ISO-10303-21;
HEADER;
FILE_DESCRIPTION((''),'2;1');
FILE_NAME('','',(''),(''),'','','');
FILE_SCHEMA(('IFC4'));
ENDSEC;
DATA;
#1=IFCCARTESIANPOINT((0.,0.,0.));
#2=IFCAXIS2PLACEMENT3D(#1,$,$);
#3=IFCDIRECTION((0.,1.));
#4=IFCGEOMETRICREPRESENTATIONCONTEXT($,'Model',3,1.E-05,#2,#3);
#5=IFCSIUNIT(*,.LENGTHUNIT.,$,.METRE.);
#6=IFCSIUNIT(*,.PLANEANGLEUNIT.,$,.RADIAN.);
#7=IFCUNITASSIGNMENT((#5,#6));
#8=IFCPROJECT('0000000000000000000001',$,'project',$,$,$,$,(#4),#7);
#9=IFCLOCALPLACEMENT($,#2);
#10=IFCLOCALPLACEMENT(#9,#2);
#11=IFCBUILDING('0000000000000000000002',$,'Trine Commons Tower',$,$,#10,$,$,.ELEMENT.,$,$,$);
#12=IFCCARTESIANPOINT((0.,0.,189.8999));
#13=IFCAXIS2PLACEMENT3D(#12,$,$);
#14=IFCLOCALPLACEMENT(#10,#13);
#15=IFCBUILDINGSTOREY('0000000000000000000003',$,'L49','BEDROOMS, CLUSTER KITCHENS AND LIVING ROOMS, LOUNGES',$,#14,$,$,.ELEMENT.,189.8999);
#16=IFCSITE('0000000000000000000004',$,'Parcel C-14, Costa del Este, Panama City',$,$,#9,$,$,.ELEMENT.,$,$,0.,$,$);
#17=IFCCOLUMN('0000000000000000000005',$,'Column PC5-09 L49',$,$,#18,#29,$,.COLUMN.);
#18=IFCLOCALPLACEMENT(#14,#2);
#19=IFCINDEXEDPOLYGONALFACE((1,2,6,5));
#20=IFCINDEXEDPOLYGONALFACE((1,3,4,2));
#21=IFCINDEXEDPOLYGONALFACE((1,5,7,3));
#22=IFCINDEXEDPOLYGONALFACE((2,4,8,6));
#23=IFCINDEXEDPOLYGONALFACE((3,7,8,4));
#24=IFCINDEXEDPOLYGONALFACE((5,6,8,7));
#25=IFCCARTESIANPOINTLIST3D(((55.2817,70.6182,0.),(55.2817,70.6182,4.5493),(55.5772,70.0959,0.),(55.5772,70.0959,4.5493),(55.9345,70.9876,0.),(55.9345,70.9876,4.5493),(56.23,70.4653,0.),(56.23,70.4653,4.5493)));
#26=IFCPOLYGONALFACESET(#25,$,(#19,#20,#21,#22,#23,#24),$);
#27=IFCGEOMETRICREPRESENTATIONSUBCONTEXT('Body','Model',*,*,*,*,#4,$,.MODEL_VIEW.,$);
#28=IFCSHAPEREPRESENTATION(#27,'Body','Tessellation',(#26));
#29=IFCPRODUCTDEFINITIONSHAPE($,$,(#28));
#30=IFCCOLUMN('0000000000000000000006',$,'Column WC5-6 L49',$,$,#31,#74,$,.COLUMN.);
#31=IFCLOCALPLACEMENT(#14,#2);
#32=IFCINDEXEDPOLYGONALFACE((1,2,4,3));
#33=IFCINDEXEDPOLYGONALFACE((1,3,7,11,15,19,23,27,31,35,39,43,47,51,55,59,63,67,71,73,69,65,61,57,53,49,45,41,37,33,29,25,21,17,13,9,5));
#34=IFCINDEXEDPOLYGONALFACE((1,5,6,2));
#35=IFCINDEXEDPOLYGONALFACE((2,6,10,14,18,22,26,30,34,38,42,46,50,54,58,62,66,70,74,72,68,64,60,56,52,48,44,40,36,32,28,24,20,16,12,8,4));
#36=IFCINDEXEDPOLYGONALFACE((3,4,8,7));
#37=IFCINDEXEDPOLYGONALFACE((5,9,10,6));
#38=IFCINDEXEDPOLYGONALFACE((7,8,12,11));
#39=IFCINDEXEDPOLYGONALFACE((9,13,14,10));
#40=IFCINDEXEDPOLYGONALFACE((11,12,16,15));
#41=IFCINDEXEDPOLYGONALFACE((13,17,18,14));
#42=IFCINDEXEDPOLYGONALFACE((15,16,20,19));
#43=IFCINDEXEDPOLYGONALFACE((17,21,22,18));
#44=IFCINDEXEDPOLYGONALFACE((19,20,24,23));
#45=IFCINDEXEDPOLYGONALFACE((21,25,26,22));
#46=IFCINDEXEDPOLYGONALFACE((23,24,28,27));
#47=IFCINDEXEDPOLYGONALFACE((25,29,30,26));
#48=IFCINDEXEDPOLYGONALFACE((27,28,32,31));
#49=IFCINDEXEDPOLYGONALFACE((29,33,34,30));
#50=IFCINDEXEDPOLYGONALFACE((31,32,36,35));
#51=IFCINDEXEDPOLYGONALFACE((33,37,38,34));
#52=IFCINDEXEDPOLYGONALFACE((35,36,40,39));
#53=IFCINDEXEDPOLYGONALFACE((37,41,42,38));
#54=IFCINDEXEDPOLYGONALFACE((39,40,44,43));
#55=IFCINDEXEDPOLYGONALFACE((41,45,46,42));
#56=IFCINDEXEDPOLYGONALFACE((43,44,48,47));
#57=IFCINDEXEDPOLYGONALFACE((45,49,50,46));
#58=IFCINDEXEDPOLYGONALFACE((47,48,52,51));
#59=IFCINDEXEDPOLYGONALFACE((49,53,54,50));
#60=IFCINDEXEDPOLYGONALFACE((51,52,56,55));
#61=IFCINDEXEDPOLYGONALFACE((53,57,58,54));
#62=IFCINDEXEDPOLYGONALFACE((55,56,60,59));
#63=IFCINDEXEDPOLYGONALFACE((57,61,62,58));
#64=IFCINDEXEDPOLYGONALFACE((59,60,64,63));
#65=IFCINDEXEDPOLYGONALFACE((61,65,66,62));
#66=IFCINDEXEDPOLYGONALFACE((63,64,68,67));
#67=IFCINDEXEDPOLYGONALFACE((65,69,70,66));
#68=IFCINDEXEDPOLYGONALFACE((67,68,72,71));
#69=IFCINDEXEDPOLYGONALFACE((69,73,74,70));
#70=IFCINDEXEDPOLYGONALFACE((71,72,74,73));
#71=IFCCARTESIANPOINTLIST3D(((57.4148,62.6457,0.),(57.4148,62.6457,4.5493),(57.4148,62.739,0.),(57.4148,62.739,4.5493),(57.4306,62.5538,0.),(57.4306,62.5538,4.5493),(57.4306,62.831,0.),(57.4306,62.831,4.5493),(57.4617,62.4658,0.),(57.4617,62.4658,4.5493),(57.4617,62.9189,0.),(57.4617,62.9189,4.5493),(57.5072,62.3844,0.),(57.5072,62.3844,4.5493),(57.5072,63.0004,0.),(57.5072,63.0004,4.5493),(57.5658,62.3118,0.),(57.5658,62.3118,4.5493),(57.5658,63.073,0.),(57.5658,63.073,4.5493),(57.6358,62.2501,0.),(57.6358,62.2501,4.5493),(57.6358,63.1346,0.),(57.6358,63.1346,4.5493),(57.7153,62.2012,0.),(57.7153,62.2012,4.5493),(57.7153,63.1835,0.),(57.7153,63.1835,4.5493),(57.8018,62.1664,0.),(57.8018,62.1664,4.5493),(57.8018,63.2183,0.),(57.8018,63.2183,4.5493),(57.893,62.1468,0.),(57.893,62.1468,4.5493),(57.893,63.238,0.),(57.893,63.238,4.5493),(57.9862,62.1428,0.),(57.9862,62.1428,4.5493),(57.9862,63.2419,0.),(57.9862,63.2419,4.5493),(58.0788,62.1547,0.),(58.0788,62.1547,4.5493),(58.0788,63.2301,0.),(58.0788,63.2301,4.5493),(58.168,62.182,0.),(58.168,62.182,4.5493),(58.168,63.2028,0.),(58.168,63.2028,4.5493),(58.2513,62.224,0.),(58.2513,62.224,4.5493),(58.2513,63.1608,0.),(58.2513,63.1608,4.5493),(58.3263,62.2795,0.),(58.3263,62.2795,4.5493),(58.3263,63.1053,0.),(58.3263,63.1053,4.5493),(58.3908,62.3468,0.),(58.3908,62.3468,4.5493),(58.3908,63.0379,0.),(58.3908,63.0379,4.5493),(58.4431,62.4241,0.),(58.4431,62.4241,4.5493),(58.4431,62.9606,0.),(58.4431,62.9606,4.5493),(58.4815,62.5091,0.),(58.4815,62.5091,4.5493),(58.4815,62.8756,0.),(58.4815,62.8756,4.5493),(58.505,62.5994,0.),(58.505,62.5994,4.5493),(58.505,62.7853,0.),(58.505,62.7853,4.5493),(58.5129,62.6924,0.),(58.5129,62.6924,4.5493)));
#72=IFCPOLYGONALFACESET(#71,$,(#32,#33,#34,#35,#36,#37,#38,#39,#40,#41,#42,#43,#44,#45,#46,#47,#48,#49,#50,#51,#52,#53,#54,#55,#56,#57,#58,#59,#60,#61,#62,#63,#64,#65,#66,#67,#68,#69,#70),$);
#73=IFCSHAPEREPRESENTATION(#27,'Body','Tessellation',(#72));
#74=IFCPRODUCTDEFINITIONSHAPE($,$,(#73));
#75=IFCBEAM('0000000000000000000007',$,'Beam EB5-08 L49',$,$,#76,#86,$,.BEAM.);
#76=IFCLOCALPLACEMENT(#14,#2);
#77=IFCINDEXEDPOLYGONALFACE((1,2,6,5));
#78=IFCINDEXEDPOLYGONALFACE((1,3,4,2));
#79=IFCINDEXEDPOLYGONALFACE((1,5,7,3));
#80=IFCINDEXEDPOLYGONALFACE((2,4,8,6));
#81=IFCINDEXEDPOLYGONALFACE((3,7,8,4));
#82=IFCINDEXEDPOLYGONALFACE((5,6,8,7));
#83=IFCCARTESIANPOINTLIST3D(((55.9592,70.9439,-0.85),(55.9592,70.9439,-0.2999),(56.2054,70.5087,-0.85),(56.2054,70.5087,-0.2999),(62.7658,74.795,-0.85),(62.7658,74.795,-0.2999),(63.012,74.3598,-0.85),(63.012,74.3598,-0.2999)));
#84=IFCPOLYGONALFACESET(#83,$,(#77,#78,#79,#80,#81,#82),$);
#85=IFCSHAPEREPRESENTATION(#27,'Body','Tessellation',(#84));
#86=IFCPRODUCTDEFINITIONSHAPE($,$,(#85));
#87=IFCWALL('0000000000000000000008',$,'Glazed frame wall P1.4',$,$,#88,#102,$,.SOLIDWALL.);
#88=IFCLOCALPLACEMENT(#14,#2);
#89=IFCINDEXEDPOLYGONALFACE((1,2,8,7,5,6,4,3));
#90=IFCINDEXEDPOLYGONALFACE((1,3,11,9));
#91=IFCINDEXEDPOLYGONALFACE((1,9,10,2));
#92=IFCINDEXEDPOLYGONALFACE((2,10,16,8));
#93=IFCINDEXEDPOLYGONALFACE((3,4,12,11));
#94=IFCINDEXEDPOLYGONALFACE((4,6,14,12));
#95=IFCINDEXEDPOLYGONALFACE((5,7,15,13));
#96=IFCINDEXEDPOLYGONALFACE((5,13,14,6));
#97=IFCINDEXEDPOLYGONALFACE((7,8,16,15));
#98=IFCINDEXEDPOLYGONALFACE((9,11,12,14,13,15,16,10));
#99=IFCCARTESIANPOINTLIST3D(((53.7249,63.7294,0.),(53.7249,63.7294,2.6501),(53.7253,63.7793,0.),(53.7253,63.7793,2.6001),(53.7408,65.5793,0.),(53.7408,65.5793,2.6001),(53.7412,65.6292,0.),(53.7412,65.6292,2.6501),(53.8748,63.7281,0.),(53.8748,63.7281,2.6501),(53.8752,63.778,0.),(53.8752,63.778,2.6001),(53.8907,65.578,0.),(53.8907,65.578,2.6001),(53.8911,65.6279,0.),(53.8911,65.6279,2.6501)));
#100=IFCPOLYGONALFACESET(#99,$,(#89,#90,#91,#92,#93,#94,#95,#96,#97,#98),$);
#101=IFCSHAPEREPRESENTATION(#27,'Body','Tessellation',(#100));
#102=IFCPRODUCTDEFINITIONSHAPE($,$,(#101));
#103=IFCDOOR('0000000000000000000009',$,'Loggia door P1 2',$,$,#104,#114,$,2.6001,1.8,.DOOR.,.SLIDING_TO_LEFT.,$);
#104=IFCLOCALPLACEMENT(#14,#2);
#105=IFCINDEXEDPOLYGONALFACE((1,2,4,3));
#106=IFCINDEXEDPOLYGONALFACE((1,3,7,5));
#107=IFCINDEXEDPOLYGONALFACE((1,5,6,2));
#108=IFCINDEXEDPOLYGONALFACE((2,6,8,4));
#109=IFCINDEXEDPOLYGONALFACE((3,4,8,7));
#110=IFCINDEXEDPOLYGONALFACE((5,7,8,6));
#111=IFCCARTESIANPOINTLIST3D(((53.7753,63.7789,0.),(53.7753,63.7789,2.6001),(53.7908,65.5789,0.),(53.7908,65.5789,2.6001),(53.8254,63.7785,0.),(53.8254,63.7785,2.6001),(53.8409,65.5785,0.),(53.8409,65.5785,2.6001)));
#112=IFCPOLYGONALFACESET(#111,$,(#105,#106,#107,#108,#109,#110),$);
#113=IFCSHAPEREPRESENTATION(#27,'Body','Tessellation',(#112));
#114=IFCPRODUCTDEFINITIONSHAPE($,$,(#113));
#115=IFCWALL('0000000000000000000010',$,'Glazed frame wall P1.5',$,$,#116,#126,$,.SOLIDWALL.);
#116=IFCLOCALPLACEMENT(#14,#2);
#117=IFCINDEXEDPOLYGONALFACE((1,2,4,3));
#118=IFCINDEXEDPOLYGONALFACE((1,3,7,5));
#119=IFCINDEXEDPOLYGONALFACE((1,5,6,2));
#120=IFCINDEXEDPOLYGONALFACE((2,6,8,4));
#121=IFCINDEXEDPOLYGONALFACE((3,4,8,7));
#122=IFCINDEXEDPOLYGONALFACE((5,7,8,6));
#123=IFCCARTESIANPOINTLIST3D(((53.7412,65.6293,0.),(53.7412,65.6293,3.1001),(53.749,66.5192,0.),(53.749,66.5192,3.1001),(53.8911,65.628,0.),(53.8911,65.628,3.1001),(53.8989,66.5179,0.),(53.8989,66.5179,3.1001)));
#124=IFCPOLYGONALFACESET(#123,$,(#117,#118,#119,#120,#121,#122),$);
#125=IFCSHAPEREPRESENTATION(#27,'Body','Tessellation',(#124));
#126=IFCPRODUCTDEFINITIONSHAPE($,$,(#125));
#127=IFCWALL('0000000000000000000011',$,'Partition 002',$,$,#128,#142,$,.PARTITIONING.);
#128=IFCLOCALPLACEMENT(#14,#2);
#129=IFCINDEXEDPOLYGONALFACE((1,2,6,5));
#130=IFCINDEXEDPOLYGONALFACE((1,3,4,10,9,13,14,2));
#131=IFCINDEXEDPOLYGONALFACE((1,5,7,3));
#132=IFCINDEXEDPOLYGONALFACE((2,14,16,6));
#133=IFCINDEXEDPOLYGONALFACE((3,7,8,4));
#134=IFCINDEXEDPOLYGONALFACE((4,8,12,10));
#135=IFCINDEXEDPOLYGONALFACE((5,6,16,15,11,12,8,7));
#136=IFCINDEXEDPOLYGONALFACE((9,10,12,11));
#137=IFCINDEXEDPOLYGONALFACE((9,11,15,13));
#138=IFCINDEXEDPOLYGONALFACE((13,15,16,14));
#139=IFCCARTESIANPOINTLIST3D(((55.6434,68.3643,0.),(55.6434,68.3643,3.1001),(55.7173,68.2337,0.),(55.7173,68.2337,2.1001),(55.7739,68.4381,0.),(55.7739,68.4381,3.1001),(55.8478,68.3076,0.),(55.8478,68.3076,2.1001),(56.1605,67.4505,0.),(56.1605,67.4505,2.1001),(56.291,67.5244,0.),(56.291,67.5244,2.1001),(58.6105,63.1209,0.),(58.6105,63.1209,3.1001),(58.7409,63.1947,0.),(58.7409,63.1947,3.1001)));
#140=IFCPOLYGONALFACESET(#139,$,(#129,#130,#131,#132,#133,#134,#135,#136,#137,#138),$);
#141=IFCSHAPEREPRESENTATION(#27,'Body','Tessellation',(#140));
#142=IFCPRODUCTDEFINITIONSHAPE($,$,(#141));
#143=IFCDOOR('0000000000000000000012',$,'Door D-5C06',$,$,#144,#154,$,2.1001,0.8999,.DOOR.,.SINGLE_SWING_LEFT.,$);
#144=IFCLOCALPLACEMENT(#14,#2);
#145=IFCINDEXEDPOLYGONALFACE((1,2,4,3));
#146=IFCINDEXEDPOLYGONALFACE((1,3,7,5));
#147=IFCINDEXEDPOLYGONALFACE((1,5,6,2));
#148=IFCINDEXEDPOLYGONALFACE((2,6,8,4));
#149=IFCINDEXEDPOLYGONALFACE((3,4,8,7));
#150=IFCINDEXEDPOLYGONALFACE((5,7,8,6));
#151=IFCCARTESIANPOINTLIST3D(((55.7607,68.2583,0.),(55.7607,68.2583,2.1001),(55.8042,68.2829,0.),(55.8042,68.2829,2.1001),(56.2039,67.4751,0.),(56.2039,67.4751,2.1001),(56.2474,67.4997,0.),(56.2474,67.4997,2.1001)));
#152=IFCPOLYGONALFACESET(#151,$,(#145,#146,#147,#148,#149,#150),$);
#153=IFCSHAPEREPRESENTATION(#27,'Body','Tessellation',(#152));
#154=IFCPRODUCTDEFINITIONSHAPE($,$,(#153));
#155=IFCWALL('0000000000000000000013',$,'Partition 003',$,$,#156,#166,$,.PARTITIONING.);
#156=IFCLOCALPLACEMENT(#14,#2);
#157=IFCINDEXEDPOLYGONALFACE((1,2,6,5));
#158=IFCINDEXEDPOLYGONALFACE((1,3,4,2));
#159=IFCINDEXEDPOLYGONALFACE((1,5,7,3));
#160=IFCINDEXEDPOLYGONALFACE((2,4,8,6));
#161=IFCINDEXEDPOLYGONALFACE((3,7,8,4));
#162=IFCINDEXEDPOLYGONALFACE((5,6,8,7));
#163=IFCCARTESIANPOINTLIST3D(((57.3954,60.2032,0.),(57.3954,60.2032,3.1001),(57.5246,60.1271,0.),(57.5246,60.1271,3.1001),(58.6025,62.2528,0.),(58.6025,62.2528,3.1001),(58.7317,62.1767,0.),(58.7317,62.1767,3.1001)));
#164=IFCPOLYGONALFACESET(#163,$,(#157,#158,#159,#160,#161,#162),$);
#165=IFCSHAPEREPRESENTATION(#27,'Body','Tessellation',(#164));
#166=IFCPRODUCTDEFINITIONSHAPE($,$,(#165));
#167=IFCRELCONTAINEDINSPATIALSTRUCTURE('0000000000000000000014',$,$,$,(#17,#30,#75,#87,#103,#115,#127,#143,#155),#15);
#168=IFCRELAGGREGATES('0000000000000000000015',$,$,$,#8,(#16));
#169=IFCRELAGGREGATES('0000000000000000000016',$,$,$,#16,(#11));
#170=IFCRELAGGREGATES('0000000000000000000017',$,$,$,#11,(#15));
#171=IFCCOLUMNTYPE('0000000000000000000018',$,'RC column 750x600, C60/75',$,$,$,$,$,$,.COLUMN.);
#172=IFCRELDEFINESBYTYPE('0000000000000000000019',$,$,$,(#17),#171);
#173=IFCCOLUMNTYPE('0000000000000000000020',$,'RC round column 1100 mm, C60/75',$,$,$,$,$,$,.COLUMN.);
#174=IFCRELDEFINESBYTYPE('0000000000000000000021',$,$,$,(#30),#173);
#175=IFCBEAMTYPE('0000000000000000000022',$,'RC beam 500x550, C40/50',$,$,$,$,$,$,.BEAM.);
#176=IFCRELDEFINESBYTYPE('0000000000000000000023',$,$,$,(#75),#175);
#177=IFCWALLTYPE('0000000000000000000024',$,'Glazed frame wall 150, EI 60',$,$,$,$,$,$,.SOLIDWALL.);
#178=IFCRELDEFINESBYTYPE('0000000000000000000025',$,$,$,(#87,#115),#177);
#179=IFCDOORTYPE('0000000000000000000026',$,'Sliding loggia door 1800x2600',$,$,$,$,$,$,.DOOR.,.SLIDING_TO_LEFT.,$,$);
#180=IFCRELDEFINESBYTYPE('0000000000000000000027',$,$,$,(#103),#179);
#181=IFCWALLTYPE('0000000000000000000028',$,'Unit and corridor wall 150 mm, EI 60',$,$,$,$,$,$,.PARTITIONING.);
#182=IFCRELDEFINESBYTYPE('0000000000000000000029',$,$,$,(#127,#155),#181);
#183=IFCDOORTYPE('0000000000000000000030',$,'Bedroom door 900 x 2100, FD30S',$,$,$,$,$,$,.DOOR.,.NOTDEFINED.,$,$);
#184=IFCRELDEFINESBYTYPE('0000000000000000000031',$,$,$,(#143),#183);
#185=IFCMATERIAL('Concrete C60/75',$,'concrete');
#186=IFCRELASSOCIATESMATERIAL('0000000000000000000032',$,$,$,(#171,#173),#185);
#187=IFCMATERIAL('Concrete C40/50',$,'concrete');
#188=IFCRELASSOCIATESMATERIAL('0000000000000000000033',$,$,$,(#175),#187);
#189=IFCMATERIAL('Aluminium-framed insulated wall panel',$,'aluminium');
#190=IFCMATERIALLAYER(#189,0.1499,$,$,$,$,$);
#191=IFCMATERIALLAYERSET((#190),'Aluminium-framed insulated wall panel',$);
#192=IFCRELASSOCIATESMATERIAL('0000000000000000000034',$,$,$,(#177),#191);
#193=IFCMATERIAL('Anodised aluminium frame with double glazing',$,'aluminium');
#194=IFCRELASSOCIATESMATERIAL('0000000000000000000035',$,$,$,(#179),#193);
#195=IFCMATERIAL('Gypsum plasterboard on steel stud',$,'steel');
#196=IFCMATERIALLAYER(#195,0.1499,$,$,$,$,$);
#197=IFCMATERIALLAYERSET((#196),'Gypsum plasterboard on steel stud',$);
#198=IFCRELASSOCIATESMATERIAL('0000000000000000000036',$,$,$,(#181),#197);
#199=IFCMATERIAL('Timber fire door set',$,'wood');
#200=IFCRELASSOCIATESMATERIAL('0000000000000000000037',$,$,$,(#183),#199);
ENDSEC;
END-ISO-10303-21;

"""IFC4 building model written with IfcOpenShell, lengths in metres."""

from ifc_helpers import new_model, si_unit, direction, frame, frame_2d, origin, origin_2d, place, context, subcontext, project, spatial, polyline, rectangle, circle, outline, extrude, material, layer, layer_set, material_profile, profile_set, type_object, element, fill, save


model = new_model("IFC4")

# Units and contexts
model_context = context("Model", 3, precision=1e-05, world=origin(), true_north=direction((0.0, 1.0)))
body_context = subcontext(model_context, "Body", "Model", "MODEL_VIEW")
ifc_project = project(units=[si_unit("LENGTHUNIT", "METRE"), si_unit("PLANEANGLEUNIT", "RADIAN")], contexts=[model_context])

# Site, building, storey
site_placement = place(None, origin())
site = spatial("IfcSite", under=ifc_project, at=site_placement, Name="Parcel C-14, Costa del Este, Panama City", CompositionType="ELEMENT", RefElevation=0.0)
building_placement = place(site_placement, origin())
building = spatial("IfcBuilding", under=site, at=building_placement, Name="Trine Commons Tower", CompositionType="ELEMENT")
storey_placement = place(building_placement, frame((0.0, 0.0, 189.8999)))
storey = spatial("IfcBuildingStorey", under=building, at=storey_placement, Name="L49", Description="BEDROOMS, CLUSTER KITCHENS AND LIVING ROOMS, LOUNGES", CompositionType="ELEMENT", Elevation=189.8999)

# Columns
ifc_material_1 = material(Name="Concrete C60/75", Category="concrete")
ifc_material_profile_1 = material_profile(ifc_material_1, rectangle(XDim=0.75, YDim=0.6001, at=origin_2d()), Name="RC 750x600")
ifc_profile_set_1 = profile_set([ifc_material_profile_1], Name="Concrete C60/75")
column_type_1 = type_object("IfcColumnType", Name="RC column 750x600, C60/75", PredefinedType="COLUMN", material=ifc_profile_set_1)
column_1_placement = place(storey_placement, frame((55.7559, 70.5417, 0.0), z_axis=(0.0, 0.0, 1.0), x_axis=(0.870356, 0.492424, 0.0)))
element("IfcColumn", 1, at=column_1_placement, inside=storey, type_object=column_type_1, Name="Column PC5-09 L49", PredefinedType="COLUMN", context=body_context, shape_type="SweptSolid", body=[
    extrude(rectangle(XDim=0.75, YDim=0.6001, at=origin_2d()), origin(), (0.0, 0.0, 1.0), 4.5493),
])
ifc_material_profile_2 = material_profile(ifc_material_1, circle(Radius=0.55, at=origin_2d()), Name="RC round 1100")
ifc_profile_set_2 = profile_set([ifc_material_profile_2], Name="Concrete C60/75")
column_type_2 = type_object("IfcColumnType", Name="RC round column 1100 mm, C60/75", PredefinedType="COLUMN", material=ifc_profile_set_2)
column_2_placement = place(storey_placement, frame((57.9629, 62.6924, 0.0), z_axis=(0.0, 0.0, 1.0), x_axis=(1.0, 0.0, 0.0)))
element("IfcColumn", 2, at=column_2_placement, inside=storey, type_object=column_type_2, Name="Column WC5-6 L49", PredefinedType="COLUMN", context=body_context, shape_type="SweptSolid", body=[
    extrude(circle(Radius=0.55, at=origin_2d()), origin(), (0.0, 0.0, 1.0), 4.5493),
])

# Beam
ifc_material_2 = material(Name="Concrete C40/50", Category="concrete")
ifc_material_profile_3 = material_profile(ifc_material_2, rectangle(XDim=0.5, YDim=0.55, at=origin_2d()), Name="RC 500x550")
ifc_profile_set_3 = profile_set([ifc_material_profile_3], Name="Concrete C40/50")
beam_type = type_object("IfcBeamType", Name="RC beam 500x550, C40/50", PredefinedType="BEAM", material=ifc_profile_set_3)
beam_placement = place(storey_placement, frame((56.0823, 70.7263, -0.575), z_axis=(0.870352, 0.49243, 0.0), x_axis=(-0.49243, 0.870352, 0.0)))
element("IfcBeam", 3, at=beam_placement, inside=storey, type_object=beam_type, Name="Beam EB5-08 L49", PredefinedType="BEAM", context=body_context, shape_type="SweptSolid", body=[
    extrude(rectangle(XDim=0.5, YDim=0.55, at=origin_2d()), origin(), (0.0, 0.0, 1.0), 7.8206),
])

# Wall, opening, door
ifc_material_3 = material(Name="Aluminium-framed insulated wall panel", Category="aluminium")
ifc_layer_1 = layer(ifc_material_3, 0.1499)
ifc_layer_set_1 = layer_set([ifc_layer_1], Name="Aluminium-framed insulated wall panel")
wall_type_1 = type_object("IfcWallType", Name="Glazed frame wall 150, EI 60", PredefinedType="SOLIDWALL", material=ifc_layer_set_1)
wall_1_placement = place(storey_placement, frame((53.7998, 63.7288, 0.0), z_axis=(0.0, 0.0, 1.0), x_axis=(0.008609, 0.999963, 0.0)))
wall_1 = element("IfcWall", 4, at=wall_1_placement, inside=storey, type_object=wall_type_1, Name="Glazed frame wall P1.4", PredefinedType="SOLIDWALL", context=body_context, shape_type="SweptSolid", body=[
    extrude(outline(polyline([(0.0, -0.075), (1.8999, -0.075), (1.8999, 0.075), (0.0, 0.075), (0.0, -0.075)])), origin(), (0.0, 0.0, 1.0), 2.6501),
])
opening_1_placement = place(wall_1_placement, frame((0.05, 0.0, 0.0)))
opening_1 = element("IfcOpeningElement", 5, at=opening_1_placement, cuts=wall_1, PredefinedType="OPENING", context=body_context, shape_type="SweptSolid", body=[
    extrude(rectangle(XDim=1.8, YDim=2.6001, at=frame_2d((0.8999, 1.3))), frame((0.0, 0.085, 0.0), z_axis=(0.0, -1.0, 0.0), x_axis=(1.0, 0.0, 0.0)), (0.0, 0.0, 1.0), 0.1699),
])
ifc_material_4 = material(Name="Anodised aluminium frame with double glazing", Category="aluminium")
door_type_1 = type_object("IfcDoorType", Name="Sliding loggia door 1800x2600", OperationType="SLIDING_TO_LEFT", PredefinedType="DOOR", material=ifc_material_4)
door_1_placement = place(opening_1_placement, origin())
door_1 = element("IfcDoor", 6, at=door_1_placement, inside=storey, type_object=door_type_1, Name="Loggia door P1 2", OperationType="SLIDING_TO_LEFT", OverallHeight=2.6001, OverallWidth=1.8, PredefinedType="DOOR", context=body_context, shape_type="SweptSolid", body=[
    extrude(rectangle(XDim=1.8, YDim=2.6001, at=frame_2d((0.8999, 1.3))), frame((0.0, 0.0249, 0.0), z_axis=(0.0, -1.0, 0.0), x_axis=(1.0, 0.0, 0.0)), (0.0, 0.0, 1.0), 0.05),
])
fill(opening_1, door_1)

# Wall
wall_2_placement = place(storey_placement, frame((53.8162, 65.6287, 0.0), z_axis=(0.0, 0.0, 1.0), x_axis=(0.008789, 0.999961, 0.0)))
element("IfcWall", 7, at=wall_2_placement, inside=storey, type_object=wall_type_1, Name="Glazed frame wall P1.5", PredefinedType="SOLIDWALL", context=body_context, shape_type="SweptSolid", body=[
    extrude(outline(polyline([(0.8899, 0.075), (0.0, 0.075), (0.0, -0.075), (0.8899, -0.075), (0.8899, 0.075)])), origin(), (0.0, 0.0, 1.0), 3.1001),
])

# Wall, opening, door
ifc_material_5 = material(Name="Gypsum plasterboard on steel stud", Category="steel")
ifc_layer_2 = layer(ifc_material_5, 0.1499)
ifc_layer_set_2 = layer_set([ifc_layer_2], Name="Gypsum plasterboard on steel stud")
wall_type_2 = type_object("IfcWallType", Name="Unit and corridor wall 150 mm, EI 60", PredefinedType="PARTITIONING", material=ifc_layer_set_2)
wall_3_placement = place(storey_placement, frame((55.7087, 68.4011, 0.0), z_axis=(0.0, 0.0, 1.0), x_axis=(0.492482, -0.870323, 0.0)))
wall_3 = element("IfcWall", 8, at=wall_3_placement, inside=storey, type_object=wall_type_2, Name="Partition 002", PredefinedType="PARTITIONING", context=body_context, shape_type="SweptSolid", body=[
    extrude(rectangle(XDim=6.0247, YDim=0.1499, at=frame_2d((3.0122, 0.0))), origin(), (0.0, 0.0, 1.0), 3.1001),
])
opening_2_placement = place(wall_3_placement, frame((0.1499, 0.0, 0.0)))
opening_2 = element("IfcOpeningElement", 9, at=opening_2_placement, cuts=wall_3, PredefinedType="OPENING", context=body_context, shape_type="SweptSolid", body=[
    extrude(rectangle(XDim=0.8999, YDim=2.1001, at=frame_2d((0.45, 1.05))), frame((0.0, 0.085, 0.0), z_axis=(0.0, -1.0, 0.0), x_axis=(1.0, 0.0, 0.0)), (0.0, 0.0, 1.0), 0.1699),
])
ifc_material_6 = material(Name="Timber fire door set", Category="wood")
door_type_2 = type_object("IfcDoorType", Name="Bedroom door 900 x 2100, FD30S", OperationType="NOTDEFINED", PredefinedType="DOOR", material=ifc_material_6)
door_2_placement = place(opening_2_placement, origin())
door_2 = element("IfcDoor", 10, at=door_2_placement, inside=storey, type_object=door_type_2, Name="Door D-5C06", OperationType="SINGLE_SWING_LEFT", OverallHeight=2.1001, OverallWidth=0.8999, PredefinedType="DOOR", context=body_context, shape_type="SweptSolid", body=[
    extrude(rectangle(XDim=0.8999, YDim=2.1001, at=frame_2d((0.45, 1.05))), frame((0.0, 0.0249, 0.0), z_axis=(0.0, -1.0, 0.0), x_axis=(1.0, 0.0, 0.0)), (0.0, 0.0, 1.0), 0.05),
])
fill(opening_2, door_2)

# Wall
wall_4_placement = place(storey_placement, frame((57.46, 60.165, 0.0), z_axis=(0.0, 0.0, 1.0), x_axis=(0.50746, 0.861676, 0.0)))
element("IfcWall", 11, at=wall_4_placement, inside=storey, type_object=wall_type_2, Name="Partition 003", PredefinedType="PARTITIONING", context=body_context, shape_type="SweptSolid", body=[
    extrude(rectangle(XDim=2.3787, YDim=0.1499, at=frame_2d((1.1895, 0.0))), origin(), (0.0, 0.0, 1.0), 3.1001),
])

save(model, "model.ifc")
